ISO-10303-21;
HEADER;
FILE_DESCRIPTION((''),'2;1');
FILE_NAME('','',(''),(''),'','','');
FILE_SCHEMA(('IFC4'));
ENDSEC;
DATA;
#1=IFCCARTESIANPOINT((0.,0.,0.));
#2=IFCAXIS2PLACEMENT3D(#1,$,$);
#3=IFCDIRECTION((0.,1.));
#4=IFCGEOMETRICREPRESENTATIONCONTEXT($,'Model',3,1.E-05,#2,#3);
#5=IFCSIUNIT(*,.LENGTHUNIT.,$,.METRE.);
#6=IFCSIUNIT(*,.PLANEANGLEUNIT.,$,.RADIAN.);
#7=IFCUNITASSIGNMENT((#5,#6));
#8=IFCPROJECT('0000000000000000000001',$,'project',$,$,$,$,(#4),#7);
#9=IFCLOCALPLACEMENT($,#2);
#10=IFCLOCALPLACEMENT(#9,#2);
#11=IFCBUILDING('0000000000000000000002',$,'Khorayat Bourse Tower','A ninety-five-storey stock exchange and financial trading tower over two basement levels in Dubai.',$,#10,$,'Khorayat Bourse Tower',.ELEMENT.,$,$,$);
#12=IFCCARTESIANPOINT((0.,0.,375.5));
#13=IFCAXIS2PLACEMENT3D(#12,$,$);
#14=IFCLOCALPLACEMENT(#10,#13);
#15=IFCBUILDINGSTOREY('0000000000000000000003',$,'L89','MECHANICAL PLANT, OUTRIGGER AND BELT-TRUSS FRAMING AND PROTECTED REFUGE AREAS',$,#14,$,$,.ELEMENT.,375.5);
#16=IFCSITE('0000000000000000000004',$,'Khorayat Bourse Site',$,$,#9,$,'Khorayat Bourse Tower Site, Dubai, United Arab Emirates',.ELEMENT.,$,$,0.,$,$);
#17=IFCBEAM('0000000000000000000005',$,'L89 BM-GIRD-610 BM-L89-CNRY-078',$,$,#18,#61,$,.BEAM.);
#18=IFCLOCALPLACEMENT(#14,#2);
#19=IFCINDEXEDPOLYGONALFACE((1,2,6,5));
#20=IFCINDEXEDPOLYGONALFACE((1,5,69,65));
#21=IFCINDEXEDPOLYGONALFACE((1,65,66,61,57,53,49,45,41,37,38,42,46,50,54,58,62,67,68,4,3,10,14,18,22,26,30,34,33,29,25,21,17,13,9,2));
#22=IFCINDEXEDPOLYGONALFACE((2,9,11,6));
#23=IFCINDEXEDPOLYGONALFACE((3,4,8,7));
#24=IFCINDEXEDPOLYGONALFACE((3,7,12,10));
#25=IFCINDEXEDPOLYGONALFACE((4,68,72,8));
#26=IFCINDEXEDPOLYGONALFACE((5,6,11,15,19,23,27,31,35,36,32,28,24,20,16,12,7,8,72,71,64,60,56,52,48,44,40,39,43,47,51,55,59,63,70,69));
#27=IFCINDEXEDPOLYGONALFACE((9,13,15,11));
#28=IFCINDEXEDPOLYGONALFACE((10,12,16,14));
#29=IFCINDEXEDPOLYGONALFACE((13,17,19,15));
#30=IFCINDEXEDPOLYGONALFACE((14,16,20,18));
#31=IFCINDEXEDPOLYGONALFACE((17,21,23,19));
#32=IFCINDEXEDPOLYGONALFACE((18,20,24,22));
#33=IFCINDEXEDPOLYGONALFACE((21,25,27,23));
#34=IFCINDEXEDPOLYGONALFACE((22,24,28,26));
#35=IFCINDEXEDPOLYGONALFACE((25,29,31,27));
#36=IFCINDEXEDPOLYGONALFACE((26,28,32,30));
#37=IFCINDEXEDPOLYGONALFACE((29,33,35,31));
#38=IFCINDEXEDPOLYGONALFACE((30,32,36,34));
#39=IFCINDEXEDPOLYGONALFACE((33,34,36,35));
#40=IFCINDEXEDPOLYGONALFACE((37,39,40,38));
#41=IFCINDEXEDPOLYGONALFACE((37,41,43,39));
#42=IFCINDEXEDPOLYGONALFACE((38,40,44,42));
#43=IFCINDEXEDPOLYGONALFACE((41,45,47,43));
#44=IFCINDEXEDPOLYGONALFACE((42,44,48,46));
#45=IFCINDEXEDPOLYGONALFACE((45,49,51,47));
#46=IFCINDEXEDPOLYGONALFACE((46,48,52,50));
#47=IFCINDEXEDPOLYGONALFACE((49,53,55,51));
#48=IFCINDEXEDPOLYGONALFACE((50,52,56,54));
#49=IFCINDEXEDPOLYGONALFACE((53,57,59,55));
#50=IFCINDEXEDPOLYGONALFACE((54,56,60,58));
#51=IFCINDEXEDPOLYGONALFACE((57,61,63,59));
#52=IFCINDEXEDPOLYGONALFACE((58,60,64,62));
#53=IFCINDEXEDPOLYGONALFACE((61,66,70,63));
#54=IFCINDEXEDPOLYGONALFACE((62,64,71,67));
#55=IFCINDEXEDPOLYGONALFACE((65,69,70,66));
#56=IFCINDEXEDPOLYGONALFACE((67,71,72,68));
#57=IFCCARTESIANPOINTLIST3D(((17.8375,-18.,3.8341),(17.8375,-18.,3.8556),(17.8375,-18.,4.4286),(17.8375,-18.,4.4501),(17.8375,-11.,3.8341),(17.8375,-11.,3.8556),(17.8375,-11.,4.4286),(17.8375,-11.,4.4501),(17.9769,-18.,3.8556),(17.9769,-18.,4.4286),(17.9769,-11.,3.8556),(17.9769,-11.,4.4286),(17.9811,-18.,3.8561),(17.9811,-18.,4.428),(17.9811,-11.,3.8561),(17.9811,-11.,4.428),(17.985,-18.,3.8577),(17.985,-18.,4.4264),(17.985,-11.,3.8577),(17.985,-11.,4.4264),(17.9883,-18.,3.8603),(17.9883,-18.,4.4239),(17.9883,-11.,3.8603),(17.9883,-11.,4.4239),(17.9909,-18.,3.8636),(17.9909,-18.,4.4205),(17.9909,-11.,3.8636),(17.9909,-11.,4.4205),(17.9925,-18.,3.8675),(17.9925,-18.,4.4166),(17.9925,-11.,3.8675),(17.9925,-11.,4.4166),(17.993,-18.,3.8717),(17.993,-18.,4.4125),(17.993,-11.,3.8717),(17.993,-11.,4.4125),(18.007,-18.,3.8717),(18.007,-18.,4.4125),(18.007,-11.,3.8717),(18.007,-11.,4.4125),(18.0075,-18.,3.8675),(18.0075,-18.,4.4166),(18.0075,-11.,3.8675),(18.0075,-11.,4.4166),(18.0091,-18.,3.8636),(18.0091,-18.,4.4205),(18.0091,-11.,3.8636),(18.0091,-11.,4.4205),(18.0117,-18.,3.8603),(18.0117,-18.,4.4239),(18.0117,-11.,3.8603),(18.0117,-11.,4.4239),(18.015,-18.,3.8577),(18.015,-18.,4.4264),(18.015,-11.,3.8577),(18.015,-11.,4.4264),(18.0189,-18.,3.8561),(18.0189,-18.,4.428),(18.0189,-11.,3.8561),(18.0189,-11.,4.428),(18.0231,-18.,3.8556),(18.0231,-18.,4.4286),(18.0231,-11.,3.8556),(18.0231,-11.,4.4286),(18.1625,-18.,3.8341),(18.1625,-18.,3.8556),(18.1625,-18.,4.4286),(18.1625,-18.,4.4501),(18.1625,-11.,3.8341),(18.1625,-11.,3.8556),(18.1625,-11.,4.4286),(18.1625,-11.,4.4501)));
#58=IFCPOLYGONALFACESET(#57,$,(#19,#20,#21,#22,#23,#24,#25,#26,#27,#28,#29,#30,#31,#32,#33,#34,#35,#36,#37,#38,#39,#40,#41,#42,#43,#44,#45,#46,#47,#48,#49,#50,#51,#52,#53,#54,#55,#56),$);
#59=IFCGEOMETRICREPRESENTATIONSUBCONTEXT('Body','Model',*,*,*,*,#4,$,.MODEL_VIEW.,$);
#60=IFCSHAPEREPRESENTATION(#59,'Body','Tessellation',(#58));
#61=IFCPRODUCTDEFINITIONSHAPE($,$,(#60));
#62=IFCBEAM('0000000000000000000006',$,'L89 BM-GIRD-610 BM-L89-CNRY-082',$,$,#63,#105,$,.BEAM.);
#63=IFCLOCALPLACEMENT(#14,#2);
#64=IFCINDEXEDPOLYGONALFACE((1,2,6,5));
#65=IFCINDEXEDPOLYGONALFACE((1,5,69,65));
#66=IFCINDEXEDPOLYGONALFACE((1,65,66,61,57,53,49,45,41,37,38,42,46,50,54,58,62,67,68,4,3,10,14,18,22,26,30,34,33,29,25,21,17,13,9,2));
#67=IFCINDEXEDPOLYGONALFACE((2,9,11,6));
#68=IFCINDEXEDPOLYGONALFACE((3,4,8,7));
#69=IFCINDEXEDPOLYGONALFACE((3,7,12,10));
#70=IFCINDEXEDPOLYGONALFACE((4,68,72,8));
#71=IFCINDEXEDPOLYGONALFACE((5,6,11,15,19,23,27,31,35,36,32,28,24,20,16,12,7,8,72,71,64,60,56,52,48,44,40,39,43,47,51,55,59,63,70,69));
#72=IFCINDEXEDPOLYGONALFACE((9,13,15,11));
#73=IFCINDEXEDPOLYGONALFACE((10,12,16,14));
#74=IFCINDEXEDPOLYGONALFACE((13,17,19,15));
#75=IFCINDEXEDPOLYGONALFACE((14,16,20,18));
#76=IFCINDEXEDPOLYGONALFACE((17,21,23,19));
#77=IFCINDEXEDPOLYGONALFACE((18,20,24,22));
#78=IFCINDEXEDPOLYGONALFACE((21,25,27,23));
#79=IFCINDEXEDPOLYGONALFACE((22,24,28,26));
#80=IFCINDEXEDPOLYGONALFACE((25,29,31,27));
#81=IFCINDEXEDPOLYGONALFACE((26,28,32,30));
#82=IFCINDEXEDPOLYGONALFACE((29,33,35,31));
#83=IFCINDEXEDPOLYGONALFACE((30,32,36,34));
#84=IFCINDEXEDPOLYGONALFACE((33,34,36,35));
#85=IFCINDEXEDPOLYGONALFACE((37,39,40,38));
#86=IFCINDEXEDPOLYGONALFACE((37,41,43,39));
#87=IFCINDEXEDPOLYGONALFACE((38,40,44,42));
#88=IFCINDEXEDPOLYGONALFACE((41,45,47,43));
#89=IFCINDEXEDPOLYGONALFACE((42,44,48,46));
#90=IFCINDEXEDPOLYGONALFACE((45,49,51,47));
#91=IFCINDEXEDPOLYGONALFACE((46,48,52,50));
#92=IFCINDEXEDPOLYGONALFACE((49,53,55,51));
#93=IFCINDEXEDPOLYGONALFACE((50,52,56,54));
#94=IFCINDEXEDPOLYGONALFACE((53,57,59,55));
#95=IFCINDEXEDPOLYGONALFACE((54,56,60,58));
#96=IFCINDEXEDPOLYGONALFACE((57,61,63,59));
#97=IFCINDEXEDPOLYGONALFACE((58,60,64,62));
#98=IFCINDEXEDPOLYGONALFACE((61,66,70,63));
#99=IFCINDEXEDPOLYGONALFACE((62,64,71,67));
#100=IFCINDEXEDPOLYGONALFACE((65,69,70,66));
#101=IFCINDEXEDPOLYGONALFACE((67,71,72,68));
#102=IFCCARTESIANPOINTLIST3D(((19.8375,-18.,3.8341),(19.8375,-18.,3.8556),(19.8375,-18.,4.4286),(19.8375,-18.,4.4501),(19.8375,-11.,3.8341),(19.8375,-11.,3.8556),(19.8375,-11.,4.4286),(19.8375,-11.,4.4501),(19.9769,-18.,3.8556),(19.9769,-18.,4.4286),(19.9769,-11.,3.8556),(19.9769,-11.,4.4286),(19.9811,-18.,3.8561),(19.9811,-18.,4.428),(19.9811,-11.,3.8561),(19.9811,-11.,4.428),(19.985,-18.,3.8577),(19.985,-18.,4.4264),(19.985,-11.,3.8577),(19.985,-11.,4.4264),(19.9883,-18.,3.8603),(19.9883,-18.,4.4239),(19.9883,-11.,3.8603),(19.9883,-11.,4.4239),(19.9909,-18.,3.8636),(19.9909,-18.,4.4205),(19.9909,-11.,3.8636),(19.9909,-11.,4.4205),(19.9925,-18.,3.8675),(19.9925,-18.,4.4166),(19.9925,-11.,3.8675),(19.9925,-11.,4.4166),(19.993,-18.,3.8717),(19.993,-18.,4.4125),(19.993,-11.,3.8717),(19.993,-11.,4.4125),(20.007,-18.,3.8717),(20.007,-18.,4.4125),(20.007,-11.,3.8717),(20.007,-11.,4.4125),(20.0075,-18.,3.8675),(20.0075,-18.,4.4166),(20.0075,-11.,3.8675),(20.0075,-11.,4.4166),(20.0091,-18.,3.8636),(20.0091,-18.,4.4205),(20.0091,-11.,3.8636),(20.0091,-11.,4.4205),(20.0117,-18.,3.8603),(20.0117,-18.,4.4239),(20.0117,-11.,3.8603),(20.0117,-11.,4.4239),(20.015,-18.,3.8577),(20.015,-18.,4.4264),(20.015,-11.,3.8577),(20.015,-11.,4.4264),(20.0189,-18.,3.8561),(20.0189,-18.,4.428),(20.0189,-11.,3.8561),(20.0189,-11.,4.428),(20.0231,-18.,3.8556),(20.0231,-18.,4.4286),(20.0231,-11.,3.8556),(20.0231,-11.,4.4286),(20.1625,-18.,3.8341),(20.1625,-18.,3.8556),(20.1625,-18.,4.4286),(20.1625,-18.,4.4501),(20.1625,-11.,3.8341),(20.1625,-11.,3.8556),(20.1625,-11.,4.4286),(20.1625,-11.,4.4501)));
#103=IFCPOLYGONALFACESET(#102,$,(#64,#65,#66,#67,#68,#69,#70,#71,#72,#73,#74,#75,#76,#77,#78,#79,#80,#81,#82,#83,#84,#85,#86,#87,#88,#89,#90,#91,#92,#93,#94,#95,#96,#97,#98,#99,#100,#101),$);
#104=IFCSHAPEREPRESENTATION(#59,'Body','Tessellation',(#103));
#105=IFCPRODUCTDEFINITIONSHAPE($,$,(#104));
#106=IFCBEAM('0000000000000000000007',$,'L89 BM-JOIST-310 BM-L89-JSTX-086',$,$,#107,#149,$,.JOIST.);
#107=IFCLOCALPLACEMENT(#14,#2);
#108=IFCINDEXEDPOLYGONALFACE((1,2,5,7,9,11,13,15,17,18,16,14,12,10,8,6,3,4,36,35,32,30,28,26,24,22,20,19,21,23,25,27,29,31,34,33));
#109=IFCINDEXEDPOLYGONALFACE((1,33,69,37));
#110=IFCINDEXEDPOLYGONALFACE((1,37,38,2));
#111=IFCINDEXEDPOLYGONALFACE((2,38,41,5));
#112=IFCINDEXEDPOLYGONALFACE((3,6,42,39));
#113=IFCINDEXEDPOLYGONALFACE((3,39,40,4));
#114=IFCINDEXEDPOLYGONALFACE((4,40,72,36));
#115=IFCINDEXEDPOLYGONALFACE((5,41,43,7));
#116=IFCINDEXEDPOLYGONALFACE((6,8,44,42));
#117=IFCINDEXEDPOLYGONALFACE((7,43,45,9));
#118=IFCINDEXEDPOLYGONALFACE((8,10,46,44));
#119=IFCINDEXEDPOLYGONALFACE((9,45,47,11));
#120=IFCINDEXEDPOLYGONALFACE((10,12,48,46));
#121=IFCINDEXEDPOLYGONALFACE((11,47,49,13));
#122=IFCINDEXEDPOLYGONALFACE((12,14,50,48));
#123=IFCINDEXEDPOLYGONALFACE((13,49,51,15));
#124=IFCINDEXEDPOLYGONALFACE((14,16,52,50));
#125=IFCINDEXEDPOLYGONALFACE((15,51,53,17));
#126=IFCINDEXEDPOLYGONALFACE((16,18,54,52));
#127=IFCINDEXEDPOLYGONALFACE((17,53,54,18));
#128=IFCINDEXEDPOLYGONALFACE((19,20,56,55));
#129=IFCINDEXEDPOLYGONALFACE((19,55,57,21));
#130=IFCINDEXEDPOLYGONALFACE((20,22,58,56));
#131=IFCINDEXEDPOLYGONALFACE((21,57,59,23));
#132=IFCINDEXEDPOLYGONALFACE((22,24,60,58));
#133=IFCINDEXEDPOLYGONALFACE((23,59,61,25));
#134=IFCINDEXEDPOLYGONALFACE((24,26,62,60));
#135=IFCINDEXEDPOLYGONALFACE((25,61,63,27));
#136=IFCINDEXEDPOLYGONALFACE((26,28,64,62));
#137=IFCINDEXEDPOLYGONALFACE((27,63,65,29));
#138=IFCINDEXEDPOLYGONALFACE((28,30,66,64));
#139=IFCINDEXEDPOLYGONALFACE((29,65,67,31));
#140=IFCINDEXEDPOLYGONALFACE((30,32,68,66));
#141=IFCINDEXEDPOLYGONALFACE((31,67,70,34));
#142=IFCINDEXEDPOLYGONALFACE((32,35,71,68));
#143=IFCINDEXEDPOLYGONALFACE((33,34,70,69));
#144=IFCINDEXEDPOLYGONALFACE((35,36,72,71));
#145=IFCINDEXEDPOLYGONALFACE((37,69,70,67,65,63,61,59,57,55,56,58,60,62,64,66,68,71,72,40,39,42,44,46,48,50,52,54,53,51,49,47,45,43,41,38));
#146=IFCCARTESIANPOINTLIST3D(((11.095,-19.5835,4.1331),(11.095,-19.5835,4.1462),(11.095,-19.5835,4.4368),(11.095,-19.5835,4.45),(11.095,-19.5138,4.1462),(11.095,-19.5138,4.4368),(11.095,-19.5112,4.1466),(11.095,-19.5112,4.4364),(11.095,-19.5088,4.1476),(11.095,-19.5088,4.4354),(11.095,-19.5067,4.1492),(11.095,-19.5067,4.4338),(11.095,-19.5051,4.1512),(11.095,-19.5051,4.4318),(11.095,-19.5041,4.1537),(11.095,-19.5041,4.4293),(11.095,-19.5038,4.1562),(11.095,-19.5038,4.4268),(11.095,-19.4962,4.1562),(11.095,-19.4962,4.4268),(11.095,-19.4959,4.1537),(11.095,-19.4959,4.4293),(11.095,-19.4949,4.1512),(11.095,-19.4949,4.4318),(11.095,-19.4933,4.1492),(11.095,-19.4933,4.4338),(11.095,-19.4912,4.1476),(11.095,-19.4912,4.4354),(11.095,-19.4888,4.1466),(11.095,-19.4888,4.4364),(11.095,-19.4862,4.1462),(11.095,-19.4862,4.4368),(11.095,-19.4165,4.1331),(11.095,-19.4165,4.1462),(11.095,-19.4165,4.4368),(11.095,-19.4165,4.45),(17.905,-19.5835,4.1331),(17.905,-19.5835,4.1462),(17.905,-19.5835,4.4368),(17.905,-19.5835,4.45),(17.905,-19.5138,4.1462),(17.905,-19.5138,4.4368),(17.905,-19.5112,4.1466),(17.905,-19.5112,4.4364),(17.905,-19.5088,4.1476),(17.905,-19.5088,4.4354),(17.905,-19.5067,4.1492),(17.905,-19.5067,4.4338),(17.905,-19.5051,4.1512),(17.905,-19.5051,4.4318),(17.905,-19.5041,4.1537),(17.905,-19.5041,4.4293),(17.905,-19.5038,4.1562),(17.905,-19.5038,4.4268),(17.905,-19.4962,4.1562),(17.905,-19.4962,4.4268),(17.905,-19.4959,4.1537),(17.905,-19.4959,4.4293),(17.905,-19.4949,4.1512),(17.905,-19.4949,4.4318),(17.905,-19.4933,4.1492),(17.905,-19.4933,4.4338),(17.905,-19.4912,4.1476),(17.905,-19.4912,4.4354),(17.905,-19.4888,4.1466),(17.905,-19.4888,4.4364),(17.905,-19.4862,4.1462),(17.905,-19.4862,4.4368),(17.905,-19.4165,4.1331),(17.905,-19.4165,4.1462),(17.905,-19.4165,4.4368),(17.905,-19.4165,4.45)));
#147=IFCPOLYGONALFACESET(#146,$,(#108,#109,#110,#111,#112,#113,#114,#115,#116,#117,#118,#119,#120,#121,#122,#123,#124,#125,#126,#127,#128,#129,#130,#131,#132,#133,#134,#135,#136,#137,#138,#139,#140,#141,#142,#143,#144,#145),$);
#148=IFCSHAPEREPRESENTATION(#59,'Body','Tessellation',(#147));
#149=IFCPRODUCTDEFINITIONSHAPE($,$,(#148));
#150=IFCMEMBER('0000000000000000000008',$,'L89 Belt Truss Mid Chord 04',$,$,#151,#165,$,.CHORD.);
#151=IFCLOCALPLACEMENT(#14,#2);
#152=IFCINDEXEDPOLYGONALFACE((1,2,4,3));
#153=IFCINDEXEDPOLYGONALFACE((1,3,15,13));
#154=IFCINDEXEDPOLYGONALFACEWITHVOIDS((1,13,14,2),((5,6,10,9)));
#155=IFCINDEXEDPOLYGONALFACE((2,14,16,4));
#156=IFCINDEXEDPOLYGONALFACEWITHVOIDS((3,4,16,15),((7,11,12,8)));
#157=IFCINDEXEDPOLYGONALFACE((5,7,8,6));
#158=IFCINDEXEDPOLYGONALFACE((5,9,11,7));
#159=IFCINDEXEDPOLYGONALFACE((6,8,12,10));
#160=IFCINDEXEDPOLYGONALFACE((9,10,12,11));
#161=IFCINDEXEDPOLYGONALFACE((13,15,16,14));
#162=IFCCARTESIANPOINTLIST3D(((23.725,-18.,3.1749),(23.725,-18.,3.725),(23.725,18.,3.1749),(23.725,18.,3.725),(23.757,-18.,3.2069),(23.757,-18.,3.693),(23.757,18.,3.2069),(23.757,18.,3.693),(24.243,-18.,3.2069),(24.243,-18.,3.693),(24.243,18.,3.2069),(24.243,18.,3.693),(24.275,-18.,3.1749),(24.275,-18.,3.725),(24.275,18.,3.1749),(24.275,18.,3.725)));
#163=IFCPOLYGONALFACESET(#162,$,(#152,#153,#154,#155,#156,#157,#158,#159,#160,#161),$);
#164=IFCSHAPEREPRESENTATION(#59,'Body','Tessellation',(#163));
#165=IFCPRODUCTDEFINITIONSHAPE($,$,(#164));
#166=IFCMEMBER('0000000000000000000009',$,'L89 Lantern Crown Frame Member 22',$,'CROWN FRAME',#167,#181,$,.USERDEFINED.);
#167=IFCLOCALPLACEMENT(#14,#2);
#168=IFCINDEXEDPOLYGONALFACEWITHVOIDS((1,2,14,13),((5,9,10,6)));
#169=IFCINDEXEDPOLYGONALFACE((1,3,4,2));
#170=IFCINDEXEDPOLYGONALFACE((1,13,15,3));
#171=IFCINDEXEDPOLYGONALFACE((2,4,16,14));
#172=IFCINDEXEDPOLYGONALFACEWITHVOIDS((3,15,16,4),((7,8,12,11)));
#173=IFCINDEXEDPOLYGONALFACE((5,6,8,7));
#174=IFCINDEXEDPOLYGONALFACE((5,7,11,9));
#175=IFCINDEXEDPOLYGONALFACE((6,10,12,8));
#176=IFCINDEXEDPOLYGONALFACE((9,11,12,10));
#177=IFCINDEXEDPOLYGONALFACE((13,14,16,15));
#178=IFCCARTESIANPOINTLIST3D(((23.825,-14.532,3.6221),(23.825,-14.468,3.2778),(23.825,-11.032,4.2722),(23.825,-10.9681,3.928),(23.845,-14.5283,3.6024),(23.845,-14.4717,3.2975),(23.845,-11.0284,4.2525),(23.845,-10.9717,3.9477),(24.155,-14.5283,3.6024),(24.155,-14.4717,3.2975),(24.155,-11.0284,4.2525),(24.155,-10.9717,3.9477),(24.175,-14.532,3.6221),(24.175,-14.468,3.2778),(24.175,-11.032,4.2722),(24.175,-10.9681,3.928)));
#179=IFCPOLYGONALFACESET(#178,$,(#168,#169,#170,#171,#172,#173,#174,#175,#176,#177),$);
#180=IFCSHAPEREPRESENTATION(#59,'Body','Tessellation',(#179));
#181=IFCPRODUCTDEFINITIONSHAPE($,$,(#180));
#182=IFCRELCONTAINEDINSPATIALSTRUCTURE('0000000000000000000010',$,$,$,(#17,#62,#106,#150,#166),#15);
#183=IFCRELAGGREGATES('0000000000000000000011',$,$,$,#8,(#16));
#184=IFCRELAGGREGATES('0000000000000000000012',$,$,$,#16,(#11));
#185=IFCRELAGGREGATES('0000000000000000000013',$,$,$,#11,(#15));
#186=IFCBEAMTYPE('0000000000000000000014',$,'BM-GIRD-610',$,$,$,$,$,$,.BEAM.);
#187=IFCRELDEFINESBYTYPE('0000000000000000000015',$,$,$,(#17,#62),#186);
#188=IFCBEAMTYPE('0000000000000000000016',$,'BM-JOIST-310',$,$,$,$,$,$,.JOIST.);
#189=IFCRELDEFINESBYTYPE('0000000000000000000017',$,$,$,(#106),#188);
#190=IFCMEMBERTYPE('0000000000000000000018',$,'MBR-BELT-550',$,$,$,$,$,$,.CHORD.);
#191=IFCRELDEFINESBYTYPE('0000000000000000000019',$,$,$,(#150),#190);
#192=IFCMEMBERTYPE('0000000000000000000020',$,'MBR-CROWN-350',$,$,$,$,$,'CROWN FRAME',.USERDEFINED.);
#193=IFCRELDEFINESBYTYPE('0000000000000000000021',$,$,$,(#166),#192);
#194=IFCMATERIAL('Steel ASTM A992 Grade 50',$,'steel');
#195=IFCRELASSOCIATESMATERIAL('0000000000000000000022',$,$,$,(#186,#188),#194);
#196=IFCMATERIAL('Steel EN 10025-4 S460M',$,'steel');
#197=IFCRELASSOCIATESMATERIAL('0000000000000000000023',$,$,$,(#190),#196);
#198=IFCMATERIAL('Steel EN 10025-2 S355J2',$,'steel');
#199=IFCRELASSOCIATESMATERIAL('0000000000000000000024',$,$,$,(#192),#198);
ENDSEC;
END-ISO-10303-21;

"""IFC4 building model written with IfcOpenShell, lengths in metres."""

from ifc_helpers import new_model, si_unit, direction, frame, origin, origin_2d, place, context, subcontext, project, spatial, hollow_rectangle, i_section, extrude, source, transform, mapped, material, material_profile, profile_set, type_object, element, save


model = new_model("IFC4")

# Units and contexts
model_context = context("Model", 3, precision=1e-05, world=origin(), true_north=direction((0.0, 1.0)))
body_context = subcontext(model_context, "Body", "Model", "MODEL_VIEW")
ifc_project = project(units=[si_unit("LENGTHUNIT", "METRE"), si_unit("PLANEANGLEUNIT", "RADIAN")], contexts=[model_context])

# Site, building, storey
site_placement = place(None, origin())
site = spatial("IfcSite", under=ifc_project, at=site_placement, Name="Khorayat Bourse Site", LongName="Khorayat Bourse Tower Site, Dubai, United Arab Emirates", CompositionType="ELEMENT", RefElevation=0.0)
building_placement = place(site_placement, origin())
building = spatial("IfcBuilding", under=site, at=building_placement, Name="Khorayat Bourse Tower", Description="A ninety-five-storey stock exchange and financial trading tower over two basement levels in Dubai.", LongName="Khorayat Bourse Tower", CompositionType="ELEMENT")
storey_placement = place(building_placement, frame((0.0, 0.0, 375.5)))
storey = spatial("IfcBuildingStorey", under=building, at=storey_placement, Name="L89", Description="MECHANICAL PLANT, OUTRIGGER AND BELT-TRUSS FRAMING AND PROTECTED REFUGE AREAS", CompositionType="ELEMENT", Elevation=375.5)

# Shared definitions
ifc_material_1 = material(Name="Steel EN 10025-2 S355J2", Category="steel")

# Beams
ifc_material_2 = material(Name="Steel ASTM A992 Grade 50", Category="steel")
ifc_material_profile_1 = material_profile(ifc_material_2, i_section(OverallWidth=0.325, OverallDepth=0.616, WebThickness=0.0139, FlangeThickness=0.0215, FilletRadius=0.0161, at=origin_2d()), Name="W610X174")
ifc_profile_set_1 = profile_set([ifc_material_profile_1], Name="Steel ASTM A992 Grade 50")
beam_type_1 = type_object("IfcBeamType", Name="BM-GIRD-610", PredefinedType="BEAM", material=ifc_profile_set_1)
shared_shape_1 = source(origin(), body_context, "Body", "SweptSolid", [
    extrude(i_section(OverallWidth=0.325, OverallDepth=0.616, WebThickness=0.0139, FlangeThickness=0.0215, FilletRadius=0.0161, at=origin_2d()), origin(), (0.0, 0.0, 1.0), 7.0),
])
for number, where, z_axis, x_axis, name in (
    (1, (18.0, -18.0, 4.1421), (0.0, 1.0, 0.0), (-1.0, 0.0, 0.0), "L89 BM-GIRD-610 BM-L89-CNRY-078"),
    (2, (20.0, -18.0, 4.1421), (0.0, 1.0, 0.0), (-1.0, 0.0, 0.0), "L89 BM-GIRD-610 BM-L89-CNRY-082"),
):
    element("IfcBeam", number, at=place(storey_placement, frame(where, z_axis=z_axis, x_axis=x_axis)), inside=storey, type_object=beam_type_1, Name=name, PredefinedType="BEAM", context=body_context, shape_type="MappedRepresentation", body=[
        mapped(shared_shape_1, transform((0.0, 0.0, 0.0), scale=1.0)),
    ])
ifc_material_profile_2 = material_profile(ifc_material_2, i_section(OverallWidth=0.167, OverallDepth=0.3169, WebThickness=0.0076, FlangeThickness=0.0132, FilletRadius=0.01, at=origin_2d()), Name="W310X52")
ifc_profile_set_2 = profile_set([ifc_material_profile_2], Name="Steel ASTM A992 Grade 50")
beam_type_2 = type_object("IfcBeamType", Name="BM-JOIST-310", PredefinedType="JOIST", material=ifc_profile_set_2)
shared_shape_2 = source(origin(), body_context, "Body", "SweptSolid", [
    extrude(i_section(OverallWidth=0.167, OverallDepth=0.3169, WebThickness=0.0076, FlangeThickness=0.0132, FilletRadius=0.01, at=origin_2d()), origin(), (0.0, 0.0, 1.0), 6.8101),
])
beam_1_placement = place(storey_placement, frame((11.095, -19.5, 4.2915), z_axis=(1.0, 0.0, 0.0), x_axis=(0.0, 1.0, 0.0)))
element("IfcBeam", 3, at=beam_1_placement, inside=storey, type_object=beam_type_2, Name="L89 BM-JOIST-310 BM-L89-JSTX-086", PredefinedType="JOIST", context=body_context, shape_type="MappedRepresentation", body=[
    mapped(shared_shape_2, transform((0.0, 0.0, 0.0), scale=1.0)),
])

# Members
ifc_material_3 = material(Name="Steel EN 10025-4 S460M", Category="steel")
ifc_material_profile_3 = material_profile(ifc_material_3, hollow_rectangle(XDim=0.55, YDim=0.55, WallThickness=0.032, at=origin_2d()), Name="HSS 550x550x32")
ifc_profile_set_3 = profile_set([ifc_material_profile_3], Name="Steel EN 10025-4 S460M")
member_type_1 = type_object("IfcMemberType", Name="MBR-BELT-550", PredefinedType="CHORD", material=ifc_profile_set_3)
shared_shape_3 = source(origin(), body_context, "Body", "SweptSolid", [
    extrude(hollow_rectangle(XDim=0.55, YDim=0.55, WallThickness=0.032, at=origin_2d()), origin(), (0.0, 0.0, 1.0), 36.0),
])
member_1_placement = place(storey_placement, frame((24.0, -18.0, 3.45), z_axis=(0.0, 1.0, 0.0), x_axis=(-1.0, 0.0, 0.0)))
element("IfcMember", 4, at=member_1_placement, inside=storey, type_object=member_type_1, Name="L89 Belt Truss Mid Chord 04", PredefinedType="CHORD", context=body_context, shape_type="MappedRepresentation", body=[
    mapped(shared_shape_3, transform((0.0, 0.0, 0.0), scale=1.0)),
])
ifc_material_profile_4 = material_profile(ifc_material_1, hollow_rectangle(XDim=0.3501, YDim=0.3501, WallThickness=0.02, at=origin_2d()), Name="HSS 350x350x20")
ifc_profile_set_4 = profile_set([ifc_material_profile_4], Name="Steel EN 10025-2 S355J2")
member_type_2 = type_object("IfcMemberType", Name="MBR-CROWN-350", ElementType="CROWN FRAME", PredefinedType="USERDEFINED", material=ifc_profile_set_4)
shared_shape_4 = source(origin(), body_context, "Body", "SweptSolid", [
    extrude(hollow_rectangle(XDim=0.3501, YDim=0.3501, WallThickness=0.02, at=origin_2d()), origin(), (0.0, 0.0, 1.0), 3.5598),
])
member_2_placement = place(storey_placement, frame((24.0, -14.5, 3.45), z_axis=(0.0, 0.983181, 0.182632), x_axis=(-1.0, 0.0, 0.0)))
element("IfcMember", 5, at=member_2_placement, inside=storey, type_object=member_type_2, Name="L89 Lantern Crown Frame Member 22", ObjectType="CROWN FRAME", PredefinedType="USERDEFINED", context=body_context, shape_type="MappedRepresentation", body=[
    mapped(shared_shape_4, transform((0.0, 0.0, 0.0), scale=1.0)),
])

save(model, "model.ifc")
